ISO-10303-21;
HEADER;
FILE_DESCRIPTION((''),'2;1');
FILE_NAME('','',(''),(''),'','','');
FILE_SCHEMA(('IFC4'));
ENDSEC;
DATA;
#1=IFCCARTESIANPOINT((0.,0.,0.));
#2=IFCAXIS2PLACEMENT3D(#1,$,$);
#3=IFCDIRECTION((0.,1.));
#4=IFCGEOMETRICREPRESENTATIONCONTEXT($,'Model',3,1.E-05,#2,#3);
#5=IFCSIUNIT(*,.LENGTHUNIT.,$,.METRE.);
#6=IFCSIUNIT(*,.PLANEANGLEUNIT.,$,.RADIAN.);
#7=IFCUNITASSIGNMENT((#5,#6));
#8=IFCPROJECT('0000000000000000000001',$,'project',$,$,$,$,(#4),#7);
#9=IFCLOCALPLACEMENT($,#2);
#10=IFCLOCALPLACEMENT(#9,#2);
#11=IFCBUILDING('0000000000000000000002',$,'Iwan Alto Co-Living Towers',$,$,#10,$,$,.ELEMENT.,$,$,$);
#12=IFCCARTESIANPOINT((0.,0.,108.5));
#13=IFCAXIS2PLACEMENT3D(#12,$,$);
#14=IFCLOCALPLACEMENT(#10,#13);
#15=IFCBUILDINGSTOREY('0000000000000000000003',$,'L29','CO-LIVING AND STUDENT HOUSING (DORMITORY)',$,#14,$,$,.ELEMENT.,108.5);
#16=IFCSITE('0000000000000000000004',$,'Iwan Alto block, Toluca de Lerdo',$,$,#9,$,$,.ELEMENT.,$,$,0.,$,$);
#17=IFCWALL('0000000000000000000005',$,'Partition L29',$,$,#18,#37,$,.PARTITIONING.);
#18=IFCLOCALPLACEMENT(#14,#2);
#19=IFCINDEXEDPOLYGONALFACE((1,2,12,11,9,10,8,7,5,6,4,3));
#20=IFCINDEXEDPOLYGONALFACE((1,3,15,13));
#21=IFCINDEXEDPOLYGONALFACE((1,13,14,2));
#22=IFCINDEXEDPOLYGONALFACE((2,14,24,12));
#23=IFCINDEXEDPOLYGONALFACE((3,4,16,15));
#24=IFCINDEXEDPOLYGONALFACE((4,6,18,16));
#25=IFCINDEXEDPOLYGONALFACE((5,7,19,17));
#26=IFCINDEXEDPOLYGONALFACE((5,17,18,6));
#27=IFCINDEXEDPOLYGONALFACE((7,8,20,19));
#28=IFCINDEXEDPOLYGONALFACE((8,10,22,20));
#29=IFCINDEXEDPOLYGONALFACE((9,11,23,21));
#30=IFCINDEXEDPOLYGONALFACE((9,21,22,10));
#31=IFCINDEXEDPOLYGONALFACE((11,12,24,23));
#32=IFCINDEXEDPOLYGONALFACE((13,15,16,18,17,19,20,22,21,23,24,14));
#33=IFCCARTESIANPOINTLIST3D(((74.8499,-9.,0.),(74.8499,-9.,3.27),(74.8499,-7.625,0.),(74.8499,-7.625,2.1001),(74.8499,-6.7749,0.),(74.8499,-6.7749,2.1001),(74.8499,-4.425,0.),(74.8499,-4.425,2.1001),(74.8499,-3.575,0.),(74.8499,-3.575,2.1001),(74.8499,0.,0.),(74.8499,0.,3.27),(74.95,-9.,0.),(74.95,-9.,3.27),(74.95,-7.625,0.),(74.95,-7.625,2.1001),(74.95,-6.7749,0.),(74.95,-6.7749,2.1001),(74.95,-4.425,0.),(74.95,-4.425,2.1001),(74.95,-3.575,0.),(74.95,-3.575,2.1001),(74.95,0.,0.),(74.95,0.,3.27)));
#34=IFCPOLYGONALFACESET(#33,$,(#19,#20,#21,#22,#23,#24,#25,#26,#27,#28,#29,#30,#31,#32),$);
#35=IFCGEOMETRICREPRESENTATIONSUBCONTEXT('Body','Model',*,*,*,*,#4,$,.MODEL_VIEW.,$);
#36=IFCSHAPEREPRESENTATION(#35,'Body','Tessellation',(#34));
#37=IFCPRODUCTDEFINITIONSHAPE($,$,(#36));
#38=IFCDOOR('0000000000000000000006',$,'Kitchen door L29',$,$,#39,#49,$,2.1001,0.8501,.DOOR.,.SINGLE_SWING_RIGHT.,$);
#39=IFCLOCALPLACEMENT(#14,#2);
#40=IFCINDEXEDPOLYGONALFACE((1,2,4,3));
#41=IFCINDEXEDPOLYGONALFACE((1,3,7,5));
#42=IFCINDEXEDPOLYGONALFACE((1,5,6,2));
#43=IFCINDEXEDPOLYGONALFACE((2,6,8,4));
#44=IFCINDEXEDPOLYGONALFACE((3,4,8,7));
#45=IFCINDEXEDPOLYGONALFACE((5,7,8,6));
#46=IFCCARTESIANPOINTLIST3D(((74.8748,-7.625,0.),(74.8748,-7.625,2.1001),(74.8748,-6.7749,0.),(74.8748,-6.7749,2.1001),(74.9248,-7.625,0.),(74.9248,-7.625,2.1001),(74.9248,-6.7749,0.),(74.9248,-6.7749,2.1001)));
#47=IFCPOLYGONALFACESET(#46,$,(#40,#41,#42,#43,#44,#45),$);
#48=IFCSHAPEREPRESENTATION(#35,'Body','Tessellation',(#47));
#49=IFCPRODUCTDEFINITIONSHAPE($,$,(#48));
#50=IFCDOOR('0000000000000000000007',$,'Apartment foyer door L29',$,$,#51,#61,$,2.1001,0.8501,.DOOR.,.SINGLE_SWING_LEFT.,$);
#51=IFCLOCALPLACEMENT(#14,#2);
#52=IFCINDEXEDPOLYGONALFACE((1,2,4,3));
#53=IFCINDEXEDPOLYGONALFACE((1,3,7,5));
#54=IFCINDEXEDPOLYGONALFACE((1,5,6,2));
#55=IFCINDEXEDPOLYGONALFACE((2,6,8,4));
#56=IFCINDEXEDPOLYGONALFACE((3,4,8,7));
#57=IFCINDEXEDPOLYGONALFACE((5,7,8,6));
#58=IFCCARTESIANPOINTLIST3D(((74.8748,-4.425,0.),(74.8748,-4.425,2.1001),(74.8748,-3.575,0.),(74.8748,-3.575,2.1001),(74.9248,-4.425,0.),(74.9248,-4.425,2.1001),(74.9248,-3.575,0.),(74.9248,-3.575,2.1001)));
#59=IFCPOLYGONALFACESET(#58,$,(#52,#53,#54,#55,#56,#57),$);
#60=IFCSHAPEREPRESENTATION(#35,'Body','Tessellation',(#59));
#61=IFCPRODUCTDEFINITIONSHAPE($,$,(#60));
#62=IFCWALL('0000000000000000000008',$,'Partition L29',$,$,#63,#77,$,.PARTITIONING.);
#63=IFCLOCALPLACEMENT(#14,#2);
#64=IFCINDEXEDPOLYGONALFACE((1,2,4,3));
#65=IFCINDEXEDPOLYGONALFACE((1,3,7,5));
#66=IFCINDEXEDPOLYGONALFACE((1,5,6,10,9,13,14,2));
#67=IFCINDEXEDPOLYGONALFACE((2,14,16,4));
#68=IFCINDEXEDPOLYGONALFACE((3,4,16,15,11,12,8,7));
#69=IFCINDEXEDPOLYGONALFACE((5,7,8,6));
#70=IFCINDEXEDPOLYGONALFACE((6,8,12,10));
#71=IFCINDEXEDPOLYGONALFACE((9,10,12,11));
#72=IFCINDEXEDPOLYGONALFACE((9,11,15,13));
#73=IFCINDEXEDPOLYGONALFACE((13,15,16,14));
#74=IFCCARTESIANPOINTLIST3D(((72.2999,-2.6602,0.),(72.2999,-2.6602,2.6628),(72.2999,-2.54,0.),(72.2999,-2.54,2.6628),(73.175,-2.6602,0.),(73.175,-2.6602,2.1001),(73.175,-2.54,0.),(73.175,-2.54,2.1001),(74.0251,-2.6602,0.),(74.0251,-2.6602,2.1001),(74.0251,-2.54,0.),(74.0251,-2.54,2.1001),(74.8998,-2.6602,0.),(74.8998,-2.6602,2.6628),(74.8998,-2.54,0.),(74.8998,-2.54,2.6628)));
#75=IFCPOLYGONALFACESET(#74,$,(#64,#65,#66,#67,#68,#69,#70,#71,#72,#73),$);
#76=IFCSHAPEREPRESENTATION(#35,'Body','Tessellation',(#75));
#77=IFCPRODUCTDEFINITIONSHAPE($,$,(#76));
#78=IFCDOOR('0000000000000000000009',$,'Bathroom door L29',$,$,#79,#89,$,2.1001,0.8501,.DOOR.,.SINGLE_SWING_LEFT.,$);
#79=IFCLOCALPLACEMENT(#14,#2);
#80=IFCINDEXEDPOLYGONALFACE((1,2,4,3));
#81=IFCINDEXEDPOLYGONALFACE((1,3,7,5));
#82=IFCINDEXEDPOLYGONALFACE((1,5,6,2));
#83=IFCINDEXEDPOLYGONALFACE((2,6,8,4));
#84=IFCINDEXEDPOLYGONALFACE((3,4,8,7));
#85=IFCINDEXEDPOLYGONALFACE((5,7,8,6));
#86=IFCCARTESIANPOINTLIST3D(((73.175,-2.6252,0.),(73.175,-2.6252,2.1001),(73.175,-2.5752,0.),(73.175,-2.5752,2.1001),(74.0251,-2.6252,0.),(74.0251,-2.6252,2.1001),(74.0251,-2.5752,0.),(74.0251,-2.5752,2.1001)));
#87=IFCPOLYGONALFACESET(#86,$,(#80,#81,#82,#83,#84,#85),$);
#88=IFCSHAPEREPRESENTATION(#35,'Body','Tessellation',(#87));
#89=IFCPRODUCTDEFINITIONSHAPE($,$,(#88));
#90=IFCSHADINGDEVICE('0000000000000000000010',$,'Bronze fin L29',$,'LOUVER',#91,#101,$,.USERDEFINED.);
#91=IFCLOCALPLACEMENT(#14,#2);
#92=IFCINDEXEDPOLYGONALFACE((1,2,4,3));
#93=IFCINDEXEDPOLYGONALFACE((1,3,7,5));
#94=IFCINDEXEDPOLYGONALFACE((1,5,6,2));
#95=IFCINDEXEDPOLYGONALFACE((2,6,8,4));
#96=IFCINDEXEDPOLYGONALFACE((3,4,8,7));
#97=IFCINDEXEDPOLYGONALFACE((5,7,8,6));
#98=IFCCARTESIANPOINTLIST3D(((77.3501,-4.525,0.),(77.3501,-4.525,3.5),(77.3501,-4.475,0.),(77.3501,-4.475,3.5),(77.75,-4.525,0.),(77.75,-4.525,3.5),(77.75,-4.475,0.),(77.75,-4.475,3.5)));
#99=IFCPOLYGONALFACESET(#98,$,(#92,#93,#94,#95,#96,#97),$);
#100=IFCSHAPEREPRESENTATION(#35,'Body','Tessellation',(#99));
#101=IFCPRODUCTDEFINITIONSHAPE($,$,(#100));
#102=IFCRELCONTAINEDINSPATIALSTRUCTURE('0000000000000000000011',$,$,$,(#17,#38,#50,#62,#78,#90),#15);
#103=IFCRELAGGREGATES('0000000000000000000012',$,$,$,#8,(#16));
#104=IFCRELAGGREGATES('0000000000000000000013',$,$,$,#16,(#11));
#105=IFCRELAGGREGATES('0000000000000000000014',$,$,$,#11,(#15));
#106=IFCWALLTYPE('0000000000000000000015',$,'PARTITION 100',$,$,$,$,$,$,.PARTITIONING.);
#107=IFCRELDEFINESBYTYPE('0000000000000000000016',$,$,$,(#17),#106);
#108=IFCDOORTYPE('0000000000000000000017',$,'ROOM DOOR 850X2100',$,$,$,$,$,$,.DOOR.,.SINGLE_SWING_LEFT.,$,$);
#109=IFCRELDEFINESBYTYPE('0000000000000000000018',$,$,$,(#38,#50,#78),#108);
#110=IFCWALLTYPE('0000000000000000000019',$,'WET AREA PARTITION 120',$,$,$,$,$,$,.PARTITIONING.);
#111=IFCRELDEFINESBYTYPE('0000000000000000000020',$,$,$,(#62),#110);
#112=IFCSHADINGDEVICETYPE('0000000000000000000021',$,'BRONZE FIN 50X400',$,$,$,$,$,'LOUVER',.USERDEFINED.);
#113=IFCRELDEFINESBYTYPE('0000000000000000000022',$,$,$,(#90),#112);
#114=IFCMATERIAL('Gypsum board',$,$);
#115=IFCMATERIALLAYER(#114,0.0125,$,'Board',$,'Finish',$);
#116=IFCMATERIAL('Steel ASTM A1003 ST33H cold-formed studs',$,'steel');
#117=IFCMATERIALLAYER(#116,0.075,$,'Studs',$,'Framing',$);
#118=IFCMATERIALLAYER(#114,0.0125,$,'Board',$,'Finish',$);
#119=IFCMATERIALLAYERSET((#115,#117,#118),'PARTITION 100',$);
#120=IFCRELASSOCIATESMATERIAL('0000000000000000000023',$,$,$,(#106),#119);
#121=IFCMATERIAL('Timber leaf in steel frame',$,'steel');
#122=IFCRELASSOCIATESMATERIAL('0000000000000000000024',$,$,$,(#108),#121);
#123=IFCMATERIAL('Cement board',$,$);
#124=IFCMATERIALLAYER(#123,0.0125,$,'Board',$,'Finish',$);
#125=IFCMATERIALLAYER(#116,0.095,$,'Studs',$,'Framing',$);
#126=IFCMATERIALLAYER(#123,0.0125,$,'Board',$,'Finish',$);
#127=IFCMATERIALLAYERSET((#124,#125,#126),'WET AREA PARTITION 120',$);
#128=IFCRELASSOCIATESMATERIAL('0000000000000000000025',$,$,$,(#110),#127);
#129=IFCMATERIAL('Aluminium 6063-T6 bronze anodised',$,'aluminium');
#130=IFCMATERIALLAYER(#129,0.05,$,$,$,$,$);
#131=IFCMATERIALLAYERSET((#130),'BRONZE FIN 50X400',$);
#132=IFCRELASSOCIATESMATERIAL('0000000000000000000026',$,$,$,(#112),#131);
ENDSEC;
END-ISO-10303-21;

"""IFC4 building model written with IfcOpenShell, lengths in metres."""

from ifc_helpers import new_model, si_unit, direction, frame, frame_2d, origin, origin_2d, place, context, subcontext, project, spatial, rectangle, extrude, material, layer, layer_set, type_object, element, fill, save


model = new_model("IFC4")

# Units and contexts
model_context = context("Model", 3, precision=1e-05, world=origin(), true_north=direction((0.0, 1.0)))
body_context = subcontext(model_context, "Body", "Model", "MODEL_VIEW")
ifc_project = project(units=[si_unit("LENGTHUNIT", "METRE"), si_unit("PLANEANGLEUNIT", "RADIAN")], contexts=[model_context])

# Site, building, storey
site_placement = place(None, origin())
site = spatial("IfcSite", under=ifc_project, at=site_placement, Name="Iwan Alto block, Toluca de Lerdo", CompositionType="ELEMENT", RefElevation=0.0)
building_placement = place(site_placement, origin())
building = spatial("IfcBuilding", under=site, at=building_placement, Name="Iwan Alto Co-Living Towers", CompositionType="ELEMENT")
storey_placement = place(building_placement, frame((0.0, 0.0, 108.5)))
storey = spatial("IfcBuildingStorey", under=building, at=storey_placement, Name="L29", Description="CO-LIVING AND STUDENT HOUSING (DORMITORY)", CompositionType="ELEMENT", Elevation=108.5)

# Shared definitions
ifc_material_1 = material(Name="Gypsum board")
ifc_layer_1 = layer(ifc_material_1, 0.0125, Name="Board", Category="Finish")
ifc_material_2 = material(Name="Steel ASTM A1003 ST33H cold-formed studs", Category="steel")
ifc_layer_2 = layer(ifc_material_2, 0.075, Name="Studs", Category="Framing")
ifc_layer_3 = layer(ifc_material_1, 0.0125, Name="Board", Category="Finish")
ifc_layer_set_1 = layer_set([ifc_layer_1, ifc_layer_2, ifc_layer_3], Name="PARTITION 100")
wall_type_1 = type_object("IfcWallType", Name="PARTITION 100", PredefinedType="PARTITIONING", material=ifc_layer_set_1)
ifc_material_3 = material(Name="Timber leaf in steel frame", Category="steel")
door_type = type_object("IfcDoorType", Name="ROOM DOOR 850X2100", OperationType="SINGLE_SWING_LEFT", PredefinedType="DOOR", material=ifc_material_3)

# Wall, openings, doors
wall_1_placement = place(storey_placement, frame((74.8999, -9.0, 0.0), z_axis=(0.0, 0.0, 1.0), x_axis=(0.0, 1.0, 0.0)))
wall_1 = element("IfcWall", 1, at=wall_1_placement, inside=storey, type_object=wall_type_1, Name="Partition L29", PredefinedType="PARTITIONING", context=body_context, shape_type="SweptSolid", body=[
    extrude(rectangle(XDim=9.0, YDim=0.1001, at=frame_2d((4.5, 0.0))), origin(), (0.0, 0.0, 1.0), 3.27),
])
opening_1_placement = place(wall_1_placement, frame((1.375, 0.0, 0.0)))
opening_1 = element("IfcOpeningElement", 2, at=opening_1_placement, cuts=wall_1, PredefinedType="OPENING", context=body_context, shape_type="SweptSolid", body=[
    extrude(rectangle(XDim=0.8501, YDim=2.1001, at=frame_2d((0.425, 1.05))), frame((0.0, 0.0601, 0.0), z_axis=(0.0, -1.0, 0.0), x_axis=(1.0, 0.0, 0.0)), (0.0, 0.0, 1.0), 0.1201),
])
opening_2_placement = place(wall_1_placement, frame((4.575, 0.0, 0.0)))
opening_2 = element("IfcOpeningElement", 3, at=opening_2_placement, cuts=wall_1, PredefinedType="OPENING", context=body_context, shape_type="SweptSolid", body=[
    extrude(rectangle(XDim=0.8501, YDim=2.1001, at=frame_2d((0.425, 1.05))), frame((0.0, 0.0601, 0.0), z_axis=(0.0, -1.0, 0.0), x_axis=(1.0, 0.0, 0.0)), (0.0, 0.0, 1.0), 0.1201),
])
door_1_placement = place(opening_1_placement, frame((0.8501, 0.0, 0.0), z_axis=(0.0, 0.0, 1.0), x_axis=(-1.0, 0.0, 0.0)))
door_1 = element("IfcDoor", 4, at=door_1_placement, inside=storey, type_object=door_type, Name="Kitchen door L29", OperationType="SINGLE_SWING_RIGHT", OverallHeight=2.1001, OverallWidth=0.8501, PredefinedType="DOOR", context=body_context, shape_type="SweptSolid", body=[
    extrude(rectangle(XDim=0.8501, YDim=2.1001, at=frame_2d((0.425, 1.05))), frame((0.0, 0.0249, 0.0), z_axis=(0.0, -1.0, 0.0), x_axis=(1.0, 0.0, 0.0)), (0.0, 0.0, 1.0), 0.05),
])
fill(opening_1, door_1)
door_2_placement = place(opening_2_placement, frame((0.8501, 0.0, 0.0), z_axis=(0.0, 0.0, 1.0), x_axis=(-1.0, 0.0, 0.0)))
door_2 = element("IfcDoor", 5, at=door_2_placement, inside=storey, type_object=door_type, Name="Apartment foyer door L29", OperationType="SINGLE_SWING_LEFT", OverallHeight=2.1001, OverallWidth=0.8501, PredefinedType="DOOR", context=body_context, shape_type="SweptSolid", body=[
    extrude(rectangle(XDim=0.8501, YDim=2.1001, at=frame_2d((0.425, 1.05))), frame((0.0, 0.0249, 0.0), z_axis=(0.0, -1.0, 0.0), x_axis=(1.0, 0.0, 0.0)), (0.0, 0.0, 1.0), 0.05),
])
fill(opening_2, door_2)

# Wall, opening, door
ifc_material_4 = material(Name="Cement board")
ifc_layer_4 = layer(ifc_material_4, 0.0125, Name="Board", Category="Finish")
ifc_layer_5 = layer(ifc_material_2, 0.095, Name="Studs", Category="Framing")
ifc_layer_6 = layer(ifc_material_4, 0.0125, Name="Board", Category="Finish")
ifc_layer_set_2 = layer_set([ifc_layer_4, ifc_layer_5, ifc_layer_6], Name="WET AREA PARTITION 120")
wall_type_2 = type_object("IfcWallType", Name="WET AREA PARTITION 120", PredefinedType="PARTITIONING", material=ifc_layer_set_2)
wall_2_placement = place(storey_placement, frame((72.3, -2.6001, 0.0), z_axis=(0.0, 0.0, 1.0), x_axis=(1.0, 0.0, 0.0)))
wall_2 = element("IfcWall", 6, at=wall_2_placement, inside=storey, type_object=wall_type_2, Name="Partition L29", PredefinedType="PARTITIONING", context=body_context, shape_type="SweptSolid", body=[
    extrude(rectangle(XDim=2.5999, YDim=0.1201, at=frame_2d((1.2998, 0.0))), origin(), (0.0, 0.0, 1.0), 2.6628),
])
opening_3_placement = place(wall_2_placement, frame((0.875, 0.0, 0.0)))
opening_3 = element("IfcOpeningElement", 7, at=opening_3_placement, cuts=wall_2, PredefinedType="OPENING", context=body_context, shape_type="SweptSolid", body=[
    extrude(rectangle(XDim=0.8501, YDim=2.1001, at=frame_2d((0.425, 1.05))), frame((0.0, 0.0701, 0.0), z_axis=(0.0, -1.0, 0.0), x_axis=(1.0, 0.0, 0.0)), (0.0, 0.0, 1.0), 0.1401),
])
door_3_placement = place(opening_3_placement, origin())
door_3 = element("IfcDoor", 8, at=door_3_placement, inside=storey, type_object=door_type, Name="Bathroom door L29", OperationType="SINGLE_SWING_LEFT", OverallHeight=2.1001, OverallWidth=0.8501, PredefinedType="DOOR", context=body_context, shape_type="SweptSolid", body=[
    extrude(rectangle(XDim=0.8501, YDim=2.1001, at=frame_2d((0.425, 1.05))), frame((0.0, 0.0249, 0.0), z_axis=(0.0, -1.0, 0.0), x_axis=(1.0, 0.0, 0.0)), (0.0, 0.0, 1.0), 0.05),
])
fill(opening_3, door_3)

# Shading device
ifc_material_5 = material(Name="Aluminium 6063-T6 bronze anodised", Category="aluminium")
ifc_layer_7 = layer(ifc_material_5, 0.05)
ifc_layer_set_3 = layer_set([ifc_layer_7], Name="BRONZE FIN 50X400")
shading_device_type = type_object("IfcShadingDeviceType", Name="BRONZE FIN 50X400", ElementType="LOUVER", PredefinedType="USERDEFINED", material=ifc_layer_set_3)
shading_device_placement = place(storey_placement, frame((77.55, -4.5, 0.0), z_axis=(0.0, 0.0, 1.0), x_axis=(0.0, 1.0, 0.0)))
element("IfcShadingDevice", 9, at=shading_device_placement, inside=storey, type_object=shading_device_type, Name="Bronze fin L29", ObjectType="LOUVER", PredefinedType="USERDEFINED", context=body_context, shape_type="SweptSolid", body=[
    extrude(rectangle(XDim=0.05, YDim=0.3999, at=origin_2d()), origin(), (0.0, 0.0, 1.0), 3.5),
])

save(model, "model.ifc")
